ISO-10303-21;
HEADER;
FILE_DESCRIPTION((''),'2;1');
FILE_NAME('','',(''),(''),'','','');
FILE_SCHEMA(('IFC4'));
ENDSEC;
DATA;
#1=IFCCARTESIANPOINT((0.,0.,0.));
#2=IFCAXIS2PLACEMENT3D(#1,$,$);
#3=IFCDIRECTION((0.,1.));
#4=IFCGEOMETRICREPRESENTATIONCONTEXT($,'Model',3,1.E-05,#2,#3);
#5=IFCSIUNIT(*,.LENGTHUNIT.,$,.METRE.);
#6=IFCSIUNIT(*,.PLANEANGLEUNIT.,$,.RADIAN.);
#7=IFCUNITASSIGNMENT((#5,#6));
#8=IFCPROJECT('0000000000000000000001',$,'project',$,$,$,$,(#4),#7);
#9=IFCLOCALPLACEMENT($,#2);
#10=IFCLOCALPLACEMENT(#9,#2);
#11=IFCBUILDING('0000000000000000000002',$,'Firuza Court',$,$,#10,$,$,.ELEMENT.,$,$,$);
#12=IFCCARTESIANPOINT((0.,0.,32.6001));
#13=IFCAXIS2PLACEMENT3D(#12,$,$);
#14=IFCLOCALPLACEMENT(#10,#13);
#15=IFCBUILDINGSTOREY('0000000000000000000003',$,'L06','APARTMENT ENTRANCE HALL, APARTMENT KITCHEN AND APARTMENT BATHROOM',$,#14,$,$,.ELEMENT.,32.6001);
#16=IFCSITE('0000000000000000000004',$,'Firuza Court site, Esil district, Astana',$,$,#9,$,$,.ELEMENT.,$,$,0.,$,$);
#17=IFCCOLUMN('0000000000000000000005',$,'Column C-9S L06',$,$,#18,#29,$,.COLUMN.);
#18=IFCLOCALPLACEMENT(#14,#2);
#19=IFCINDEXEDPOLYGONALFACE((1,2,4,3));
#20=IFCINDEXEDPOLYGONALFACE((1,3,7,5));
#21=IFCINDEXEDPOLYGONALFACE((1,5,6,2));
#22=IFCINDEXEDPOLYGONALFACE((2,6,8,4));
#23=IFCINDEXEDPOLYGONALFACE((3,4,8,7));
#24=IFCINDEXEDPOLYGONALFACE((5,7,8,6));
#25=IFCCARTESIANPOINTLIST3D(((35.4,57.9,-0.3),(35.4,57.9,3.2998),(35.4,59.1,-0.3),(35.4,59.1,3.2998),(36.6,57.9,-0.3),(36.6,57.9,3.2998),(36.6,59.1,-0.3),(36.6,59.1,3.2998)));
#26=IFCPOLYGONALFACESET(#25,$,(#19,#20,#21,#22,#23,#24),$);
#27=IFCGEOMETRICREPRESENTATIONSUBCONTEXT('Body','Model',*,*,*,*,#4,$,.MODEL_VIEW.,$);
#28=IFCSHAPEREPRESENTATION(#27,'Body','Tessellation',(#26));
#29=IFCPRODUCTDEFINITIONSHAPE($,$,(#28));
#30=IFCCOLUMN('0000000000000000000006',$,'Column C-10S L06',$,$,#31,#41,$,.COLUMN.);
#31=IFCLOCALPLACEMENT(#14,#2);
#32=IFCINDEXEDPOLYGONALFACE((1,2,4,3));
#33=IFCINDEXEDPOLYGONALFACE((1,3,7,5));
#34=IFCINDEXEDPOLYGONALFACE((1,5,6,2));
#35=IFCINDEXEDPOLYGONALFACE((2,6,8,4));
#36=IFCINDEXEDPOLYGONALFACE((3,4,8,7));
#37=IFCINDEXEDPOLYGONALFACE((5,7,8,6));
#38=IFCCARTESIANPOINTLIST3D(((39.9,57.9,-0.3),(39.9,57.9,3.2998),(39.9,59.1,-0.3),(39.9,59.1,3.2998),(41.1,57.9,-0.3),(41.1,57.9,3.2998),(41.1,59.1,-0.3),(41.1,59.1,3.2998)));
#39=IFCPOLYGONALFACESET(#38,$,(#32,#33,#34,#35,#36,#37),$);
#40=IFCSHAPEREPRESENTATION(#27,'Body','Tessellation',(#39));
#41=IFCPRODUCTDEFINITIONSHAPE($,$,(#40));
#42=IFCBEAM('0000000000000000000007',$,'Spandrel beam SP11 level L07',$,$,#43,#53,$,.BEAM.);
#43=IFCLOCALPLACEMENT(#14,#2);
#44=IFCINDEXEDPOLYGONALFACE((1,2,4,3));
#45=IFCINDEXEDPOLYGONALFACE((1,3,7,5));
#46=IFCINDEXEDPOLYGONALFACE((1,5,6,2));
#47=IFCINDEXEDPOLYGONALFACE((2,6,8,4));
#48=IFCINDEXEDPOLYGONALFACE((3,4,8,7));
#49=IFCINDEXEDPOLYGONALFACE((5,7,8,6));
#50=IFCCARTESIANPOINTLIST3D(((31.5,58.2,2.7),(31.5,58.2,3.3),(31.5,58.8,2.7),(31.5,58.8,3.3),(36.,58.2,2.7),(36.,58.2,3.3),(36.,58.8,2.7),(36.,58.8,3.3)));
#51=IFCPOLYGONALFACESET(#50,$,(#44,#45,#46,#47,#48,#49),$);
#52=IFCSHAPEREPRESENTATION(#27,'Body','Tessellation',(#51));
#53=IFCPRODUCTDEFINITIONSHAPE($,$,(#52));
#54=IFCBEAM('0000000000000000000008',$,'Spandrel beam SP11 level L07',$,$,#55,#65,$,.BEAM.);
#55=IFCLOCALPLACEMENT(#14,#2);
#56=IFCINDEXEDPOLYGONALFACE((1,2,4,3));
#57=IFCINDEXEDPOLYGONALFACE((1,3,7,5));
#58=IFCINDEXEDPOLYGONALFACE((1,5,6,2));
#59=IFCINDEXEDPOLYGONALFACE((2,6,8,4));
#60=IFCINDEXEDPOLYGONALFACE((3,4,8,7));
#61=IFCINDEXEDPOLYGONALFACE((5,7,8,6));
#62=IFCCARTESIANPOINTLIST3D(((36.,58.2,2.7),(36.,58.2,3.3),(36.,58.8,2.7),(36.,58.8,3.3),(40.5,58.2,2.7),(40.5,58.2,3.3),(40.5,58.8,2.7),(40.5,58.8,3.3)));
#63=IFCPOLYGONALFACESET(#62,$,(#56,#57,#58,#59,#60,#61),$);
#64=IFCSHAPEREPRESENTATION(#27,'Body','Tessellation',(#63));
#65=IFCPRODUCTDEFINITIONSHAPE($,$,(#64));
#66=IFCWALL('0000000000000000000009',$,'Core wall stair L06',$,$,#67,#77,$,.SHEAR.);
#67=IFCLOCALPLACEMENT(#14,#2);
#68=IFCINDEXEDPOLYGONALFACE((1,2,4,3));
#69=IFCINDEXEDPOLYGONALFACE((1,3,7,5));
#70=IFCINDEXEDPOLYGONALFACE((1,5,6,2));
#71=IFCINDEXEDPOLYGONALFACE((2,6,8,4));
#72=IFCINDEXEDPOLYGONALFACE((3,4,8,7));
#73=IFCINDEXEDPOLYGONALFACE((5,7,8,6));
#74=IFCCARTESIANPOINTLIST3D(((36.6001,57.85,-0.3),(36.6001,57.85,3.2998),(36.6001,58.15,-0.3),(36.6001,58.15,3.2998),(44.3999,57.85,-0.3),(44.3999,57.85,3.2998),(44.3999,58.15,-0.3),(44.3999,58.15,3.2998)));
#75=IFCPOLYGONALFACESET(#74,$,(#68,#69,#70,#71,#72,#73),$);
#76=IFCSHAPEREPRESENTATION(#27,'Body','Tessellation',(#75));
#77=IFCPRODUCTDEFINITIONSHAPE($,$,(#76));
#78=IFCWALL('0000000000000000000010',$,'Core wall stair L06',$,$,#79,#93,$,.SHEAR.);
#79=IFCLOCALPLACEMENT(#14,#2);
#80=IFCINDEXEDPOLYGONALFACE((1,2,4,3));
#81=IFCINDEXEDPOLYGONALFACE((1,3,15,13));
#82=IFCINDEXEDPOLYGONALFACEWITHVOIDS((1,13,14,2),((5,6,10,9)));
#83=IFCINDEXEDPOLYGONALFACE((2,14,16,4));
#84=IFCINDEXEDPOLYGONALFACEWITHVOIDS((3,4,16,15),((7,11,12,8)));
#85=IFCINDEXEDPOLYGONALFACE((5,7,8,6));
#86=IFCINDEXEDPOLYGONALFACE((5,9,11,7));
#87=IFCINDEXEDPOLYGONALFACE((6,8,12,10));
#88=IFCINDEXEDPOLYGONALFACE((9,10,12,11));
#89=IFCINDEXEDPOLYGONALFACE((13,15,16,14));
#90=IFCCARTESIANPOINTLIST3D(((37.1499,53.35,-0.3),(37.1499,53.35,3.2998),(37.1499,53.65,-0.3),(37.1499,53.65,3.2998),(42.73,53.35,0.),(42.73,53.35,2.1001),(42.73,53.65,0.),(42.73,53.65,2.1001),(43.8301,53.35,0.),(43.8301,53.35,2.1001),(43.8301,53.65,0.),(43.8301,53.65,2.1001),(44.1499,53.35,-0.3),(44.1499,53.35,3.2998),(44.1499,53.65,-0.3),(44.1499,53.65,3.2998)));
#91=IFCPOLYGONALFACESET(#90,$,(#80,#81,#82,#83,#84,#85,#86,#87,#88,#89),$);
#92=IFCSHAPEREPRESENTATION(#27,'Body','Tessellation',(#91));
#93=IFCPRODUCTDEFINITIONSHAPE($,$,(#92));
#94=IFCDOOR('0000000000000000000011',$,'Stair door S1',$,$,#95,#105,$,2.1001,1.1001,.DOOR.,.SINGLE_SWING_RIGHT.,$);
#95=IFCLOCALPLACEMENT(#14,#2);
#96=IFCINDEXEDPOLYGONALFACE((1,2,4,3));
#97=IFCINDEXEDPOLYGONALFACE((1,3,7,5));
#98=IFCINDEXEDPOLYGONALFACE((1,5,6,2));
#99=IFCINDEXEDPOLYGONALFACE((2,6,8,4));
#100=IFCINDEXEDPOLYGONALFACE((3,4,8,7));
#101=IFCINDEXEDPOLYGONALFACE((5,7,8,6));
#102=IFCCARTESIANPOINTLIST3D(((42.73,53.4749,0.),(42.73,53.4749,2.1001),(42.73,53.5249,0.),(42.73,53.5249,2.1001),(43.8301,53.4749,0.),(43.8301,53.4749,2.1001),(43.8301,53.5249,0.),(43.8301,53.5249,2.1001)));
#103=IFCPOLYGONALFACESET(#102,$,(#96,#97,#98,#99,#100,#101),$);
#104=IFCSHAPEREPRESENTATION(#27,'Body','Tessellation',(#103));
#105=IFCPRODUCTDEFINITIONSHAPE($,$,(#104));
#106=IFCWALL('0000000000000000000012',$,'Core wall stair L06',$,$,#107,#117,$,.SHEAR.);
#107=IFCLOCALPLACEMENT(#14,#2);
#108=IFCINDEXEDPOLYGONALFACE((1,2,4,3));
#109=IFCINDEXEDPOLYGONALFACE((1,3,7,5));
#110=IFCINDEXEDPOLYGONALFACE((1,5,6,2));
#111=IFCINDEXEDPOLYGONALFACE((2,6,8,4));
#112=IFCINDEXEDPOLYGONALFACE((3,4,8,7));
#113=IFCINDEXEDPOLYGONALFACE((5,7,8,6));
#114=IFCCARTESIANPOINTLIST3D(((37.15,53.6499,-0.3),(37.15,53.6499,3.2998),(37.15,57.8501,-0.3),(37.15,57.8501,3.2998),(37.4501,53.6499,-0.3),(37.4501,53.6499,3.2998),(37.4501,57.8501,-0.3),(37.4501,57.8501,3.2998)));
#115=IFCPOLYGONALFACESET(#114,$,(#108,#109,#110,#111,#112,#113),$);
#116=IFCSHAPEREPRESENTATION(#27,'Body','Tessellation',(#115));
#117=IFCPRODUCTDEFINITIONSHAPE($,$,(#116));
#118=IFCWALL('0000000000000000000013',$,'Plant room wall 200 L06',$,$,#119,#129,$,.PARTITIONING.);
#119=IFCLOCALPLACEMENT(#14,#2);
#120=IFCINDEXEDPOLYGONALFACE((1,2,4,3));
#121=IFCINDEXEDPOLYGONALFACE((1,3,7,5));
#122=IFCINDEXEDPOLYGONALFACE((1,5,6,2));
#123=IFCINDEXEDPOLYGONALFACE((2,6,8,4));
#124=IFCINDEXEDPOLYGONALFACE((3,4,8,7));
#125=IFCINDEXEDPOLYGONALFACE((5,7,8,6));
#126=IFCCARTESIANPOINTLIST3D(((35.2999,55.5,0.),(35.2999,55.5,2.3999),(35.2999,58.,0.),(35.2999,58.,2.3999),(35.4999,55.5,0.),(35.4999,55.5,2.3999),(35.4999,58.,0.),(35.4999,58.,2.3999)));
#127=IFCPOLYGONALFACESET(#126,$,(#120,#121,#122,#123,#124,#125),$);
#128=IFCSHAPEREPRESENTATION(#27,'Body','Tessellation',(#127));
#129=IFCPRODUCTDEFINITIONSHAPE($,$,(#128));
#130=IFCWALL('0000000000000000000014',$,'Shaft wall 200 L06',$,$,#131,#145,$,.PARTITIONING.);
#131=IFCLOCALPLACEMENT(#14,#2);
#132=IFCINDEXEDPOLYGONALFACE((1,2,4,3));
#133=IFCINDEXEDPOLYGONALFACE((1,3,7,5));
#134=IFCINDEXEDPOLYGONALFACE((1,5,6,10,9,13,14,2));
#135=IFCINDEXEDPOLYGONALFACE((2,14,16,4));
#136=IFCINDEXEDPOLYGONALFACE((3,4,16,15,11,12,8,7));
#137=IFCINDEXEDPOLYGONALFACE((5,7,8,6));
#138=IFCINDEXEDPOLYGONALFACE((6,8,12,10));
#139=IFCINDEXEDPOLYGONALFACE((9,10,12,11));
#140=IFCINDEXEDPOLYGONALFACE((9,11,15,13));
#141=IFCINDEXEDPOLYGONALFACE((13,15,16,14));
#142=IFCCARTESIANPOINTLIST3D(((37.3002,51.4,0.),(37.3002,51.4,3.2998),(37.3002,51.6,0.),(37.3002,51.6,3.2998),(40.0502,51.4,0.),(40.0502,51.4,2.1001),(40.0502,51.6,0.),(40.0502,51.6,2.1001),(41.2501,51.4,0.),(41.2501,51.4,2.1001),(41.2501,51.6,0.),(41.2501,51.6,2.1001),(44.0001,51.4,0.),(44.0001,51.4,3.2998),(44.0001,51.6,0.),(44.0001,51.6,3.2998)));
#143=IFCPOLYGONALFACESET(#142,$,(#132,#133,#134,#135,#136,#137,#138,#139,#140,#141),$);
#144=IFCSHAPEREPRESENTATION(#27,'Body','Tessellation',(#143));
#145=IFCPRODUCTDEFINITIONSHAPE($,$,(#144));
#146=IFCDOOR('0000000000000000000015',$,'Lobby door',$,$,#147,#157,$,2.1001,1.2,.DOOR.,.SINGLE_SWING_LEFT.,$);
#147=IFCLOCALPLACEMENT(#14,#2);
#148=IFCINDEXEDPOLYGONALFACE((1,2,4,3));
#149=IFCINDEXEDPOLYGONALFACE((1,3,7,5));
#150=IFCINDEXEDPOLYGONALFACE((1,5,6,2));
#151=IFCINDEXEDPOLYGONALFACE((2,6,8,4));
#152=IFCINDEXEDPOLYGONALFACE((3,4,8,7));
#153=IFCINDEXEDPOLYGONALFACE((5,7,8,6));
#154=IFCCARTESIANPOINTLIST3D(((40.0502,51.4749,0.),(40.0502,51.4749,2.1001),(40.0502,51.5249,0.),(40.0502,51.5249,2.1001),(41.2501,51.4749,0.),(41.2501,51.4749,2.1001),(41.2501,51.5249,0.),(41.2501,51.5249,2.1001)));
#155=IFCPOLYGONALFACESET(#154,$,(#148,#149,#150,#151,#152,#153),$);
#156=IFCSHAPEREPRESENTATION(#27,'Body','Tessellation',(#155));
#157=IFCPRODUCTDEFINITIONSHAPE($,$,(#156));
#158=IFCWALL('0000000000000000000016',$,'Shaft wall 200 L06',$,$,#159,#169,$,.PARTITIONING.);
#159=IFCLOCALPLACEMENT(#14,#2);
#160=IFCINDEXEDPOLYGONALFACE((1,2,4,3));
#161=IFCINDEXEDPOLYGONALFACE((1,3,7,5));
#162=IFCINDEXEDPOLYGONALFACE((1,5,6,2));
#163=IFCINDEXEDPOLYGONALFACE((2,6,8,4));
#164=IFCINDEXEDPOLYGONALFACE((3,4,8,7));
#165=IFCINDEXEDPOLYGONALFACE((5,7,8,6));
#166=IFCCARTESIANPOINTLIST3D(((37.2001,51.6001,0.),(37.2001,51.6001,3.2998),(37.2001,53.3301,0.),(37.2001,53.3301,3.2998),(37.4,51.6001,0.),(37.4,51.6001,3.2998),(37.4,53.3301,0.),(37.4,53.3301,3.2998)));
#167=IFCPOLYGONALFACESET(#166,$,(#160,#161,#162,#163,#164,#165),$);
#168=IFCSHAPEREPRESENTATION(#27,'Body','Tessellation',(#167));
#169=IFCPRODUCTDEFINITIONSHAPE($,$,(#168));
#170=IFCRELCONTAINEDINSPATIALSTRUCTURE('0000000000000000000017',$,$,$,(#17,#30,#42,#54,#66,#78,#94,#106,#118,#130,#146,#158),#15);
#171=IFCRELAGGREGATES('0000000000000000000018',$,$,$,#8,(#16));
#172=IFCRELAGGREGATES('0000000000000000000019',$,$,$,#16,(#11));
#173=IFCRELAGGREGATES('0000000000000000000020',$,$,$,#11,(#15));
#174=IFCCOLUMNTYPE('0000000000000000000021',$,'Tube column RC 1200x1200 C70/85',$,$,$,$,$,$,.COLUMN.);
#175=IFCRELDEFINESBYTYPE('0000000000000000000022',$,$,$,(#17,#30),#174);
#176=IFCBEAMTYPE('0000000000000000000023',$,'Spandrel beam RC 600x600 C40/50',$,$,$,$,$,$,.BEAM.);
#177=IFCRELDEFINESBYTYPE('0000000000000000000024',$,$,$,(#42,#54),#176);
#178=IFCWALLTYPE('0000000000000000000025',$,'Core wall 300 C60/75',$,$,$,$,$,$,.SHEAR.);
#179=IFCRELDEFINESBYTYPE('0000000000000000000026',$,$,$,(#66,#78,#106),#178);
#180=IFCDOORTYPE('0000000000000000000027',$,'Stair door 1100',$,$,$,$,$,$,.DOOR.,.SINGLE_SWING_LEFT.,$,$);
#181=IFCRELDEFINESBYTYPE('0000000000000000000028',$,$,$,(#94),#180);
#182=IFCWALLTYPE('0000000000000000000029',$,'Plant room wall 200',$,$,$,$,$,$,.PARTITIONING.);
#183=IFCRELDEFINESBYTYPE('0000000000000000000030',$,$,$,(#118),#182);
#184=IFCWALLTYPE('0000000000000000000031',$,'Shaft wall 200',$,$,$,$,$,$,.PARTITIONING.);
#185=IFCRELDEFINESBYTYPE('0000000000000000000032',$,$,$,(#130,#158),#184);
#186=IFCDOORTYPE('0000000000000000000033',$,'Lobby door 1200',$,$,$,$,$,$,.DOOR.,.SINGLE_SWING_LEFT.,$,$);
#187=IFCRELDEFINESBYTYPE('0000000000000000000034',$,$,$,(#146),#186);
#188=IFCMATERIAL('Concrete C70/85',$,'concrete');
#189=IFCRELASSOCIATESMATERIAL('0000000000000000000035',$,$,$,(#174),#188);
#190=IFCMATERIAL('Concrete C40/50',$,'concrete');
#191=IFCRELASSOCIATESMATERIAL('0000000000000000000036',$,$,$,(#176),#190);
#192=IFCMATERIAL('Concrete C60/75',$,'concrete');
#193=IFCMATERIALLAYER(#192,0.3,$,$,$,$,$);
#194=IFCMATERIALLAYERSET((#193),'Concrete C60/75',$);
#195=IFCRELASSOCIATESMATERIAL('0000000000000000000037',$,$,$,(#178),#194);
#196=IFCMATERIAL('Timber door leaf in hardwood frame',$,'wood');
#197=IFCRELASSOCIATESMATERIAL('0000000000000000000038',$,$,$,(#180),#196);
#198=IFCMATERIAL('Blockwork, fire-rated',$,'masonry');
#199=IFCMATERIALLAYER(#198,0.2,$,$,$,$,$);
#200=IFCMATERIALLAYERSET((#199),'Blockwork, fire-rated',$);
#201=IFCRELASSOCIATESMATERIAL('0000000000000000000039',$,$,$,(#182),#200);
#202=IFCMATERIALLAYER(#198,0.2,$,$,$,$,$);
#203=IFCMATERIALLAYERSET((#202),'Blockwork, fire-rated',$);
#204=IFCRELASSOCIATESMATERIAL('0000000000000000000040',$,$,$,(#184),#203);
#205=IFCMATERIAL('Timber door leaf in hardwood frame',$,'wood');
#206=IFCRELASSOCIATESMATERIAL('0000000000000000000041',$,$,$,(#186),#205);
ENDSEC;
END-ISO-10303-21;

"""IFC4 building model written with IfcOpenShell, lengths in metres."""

from ifc_helpers import new_model, si_unit, direction, frame, frame_2d, origin, origin_2d, place, context, subcontext, project, spatial, rectangle, extrude, material, layer, layer_set, material_profile, profile_set, type_object, element, fill, save


model = new_model("IFC4")

# Units and contexts
model_context = context("Model", 3, precision=1e-05, world=origin(), true_north=direction((0.0, 1.0)))
body_context = subcontext(model_context, "Body", "Model", "MODEL_VIEW")
ifc_project = project(units=[si_unit("LENGTHUNIT", "METRE"), si_unit("PLANEANGLEUNIT", "RADIAN")], contexts=[model_context])

# Site, building, storey
site_placement = place(None, origin())
site = spatial("IfcSite", under=ifc_project, at=site_placement, Name="Firuza Court site, Esil district, Astana", CompositionType="ELEMENT", RefElevation=0.0)
building_placement = place(site_placement, origin())
building = spatial("IfcBuilding", under=site, at=building_placement, Name="Firuza Court", CompositionType="ELEMENT")
storey_placement = place(building_placement, frame((0.0, 0.0, 32.6001)))
storey = spatial("IfcBuildingStorey", under=building, at=storey_placement, Name="L06", Description="APARTMENT ENTRANCE HALL, APARTMENT KITCHEN AND APARTMENT BATHROOM", CompositionType="ELEMENT", Elevation=32.6001)

# Columns
ifc_material_1 = material(Name="Concrete C70/85", Category="concrete")
ifc_material_profile_1 = material_profile(ifc_material_1, rectangle(XDim=1.2, YDim=1.2, at=origin_2d()), Name="RC 1200x1200")
ifc_profile_set_1 = profile_set([ifc_material_profile_1], Name="Concrete C70/85")
column_type = type_object("IfcColumnType", Name="Tube column RC 1200x1200 C70/85", PredefinedType="COLUMN", material=ifc_profile_set_1)
for number, where, z_axis, x_axis, name in (
    (1, (36.0, 58.5, -0.3), (0.0, 0.0, 1.0), (1.0, 0.0, 0.0), "Column C-9S L06"),
    (2, (40.5, 58.5, -0.3), (0.0, 0.0, 1.0), (1.0, 0.0, 0.0), "Column C-10S L06"),
):
    element("IfcColumn", number, at=place(storey_placement, frame(where, z_axis=z_axis, x_axis=x_axis)), inside=storey, type_object=column_type, Name=name, PredefinedType="COLUMN", context=body_context, shape_type="SweptSolid", body=[
        extrude(rectangle(XDim=1.2, YDim=1.2, at=origin_2d()), origin(), (0.0, 0.0, 1.0), 3.5999),
    ])

# Beams
ifc_material_2 = material(Name="Concrete C40/50", Category="concrete")
ifc_material_profile_2 = material_profile(ifc_material_2, rectangle(XDim=0.6001, YDim=0.6001, at=origin_2d()), Name="RC 600x600")
ifc_profile_set_2 = profile_set([ifc_material_profile_2], Name="Concrete C40/50")
beam_type = type_object("IfcBeamType", Name="Spandrel beam RC 600x600 C40/50", PredefinedType="BEAM", material=ifc_profile_set_2)
for number, where, z_axis, x_axis, name in (
    (3, (36.0, 58.5, 3.0), (-1.0, 0.0, 0.0), (0.0, -1.0, 0.0), "Spandrel beam SP11 level L07"),
    (4, (40.5, 58.5, 3.0), (-1.0, 0.0, 0.0), (0.0, -1.0, 0.0), "Spandrel beam SP11 level L07"),
):
    element("IfcBeam", number, at=place(storey_placement, frame(where, z_axis=z_axis, x_axis=x_axis)), inside=storey, type_object=beam_type, Name=name, PredefinedType="BEAM", context=body_context, shape_type="SweptSolid", body=[
        extrude(rectangle(XDim=0.6001, YDim=0.6001, at=origin_2d()), origin(), (0.0, 0.0, 1.0), 4.5),
    ])

# Wall
ifc_material_3 = material(Name="Concrete C60/75", Category="concrete")
ifc_layer_1 = layer(ifc_material_3, 0.3)
ifc_layer_set_1 = layer_set([ifc_layer_1], Name="Concrete C60/75")
wall_type_1 = type_object("IfcWallType", Name="Core wall 300 C60/75", PredefinedType="SHEAR", material=ifc_layer_set_1)
wall_1_placement = place(storey_placement, frame((36.6001, 58.0, -0.3), z_axis=(0.0, 0.0, 1.0), x_axis=(1.0, 0.0, 0.0)))
element("IfcWall", 5, at=wall_1_placement, inside=storey, type_object=wall_type_1, Name="Core wall stair L06", PredefinedType="SHEAR", context=body_context, shape_type="SweptSolid", body=[
    extrude(rectangle(XDim=7.7998, YDim=0.3, at=frame_2d((3.8999, 0.0))), origin(), (0.0, 0.0, 1.0), 3.5999),
])

# Wall, opening, door
wall_2_placement = place(storey_placement, frame((37.1499, 53.5, -0.3), z_axis=(0.0, 0.0, 1.0), x_axis=(1.0, 0.0, 0.0)))
wall_2 = element("IfcWall", 6, at=wall_2_placement, inside=storey, type_object=wall_type_1, Name="Core wall stair L06", PredefinedType="SHEAR", context=body_context, shape_type="SweptSolid", body=[
    extrude(rectangle(XDim=7.0, YDim=0.3, at=frame_2d((3.5, 0.0))), origin(), (0.0, 0.0, 1.0), 3.5999),
])
opening_1_placement = place(wall_2_placement, frame((5.5801, 0.0, 0.3)))
opening_1 = element("IfcOpeningElement", 7, at=opening_1_placement, cuts=wall_2, PredefinedType="OPENING", context=body_context, shape_type="SweptSolid", body=[
    extrude(rectangle(XDim=1.1001, YDim=2.1001, at=frame_2d((0.55, 1.05))), frame((0.0, 0.1621, 0.0), z_axis=(0.0, -1.0, 0.0), x_axis=(1.0, 0.0, 0.0)), (0.0, 0.0, 1.0), 0.324),
])
ifc_material_4 = material(Name="Timber door leaf in hardwood frame", Category="wood")
door_type_1 = type_object("IfcDoorType", Name="Stair door 1100", OperationType="SINGLE_SWING_LEFT", PredefinedType="DOOR", material=ifc_material_4)
door_1_placement = place(opening_1_placement, origin())
door_1 = element("IfcDoor", 8, at=door_1_placement, inside=storey, type_object=door_type_1, Name="Stair door S1", OperationType="SINGLE_SWING_RIGHT", OverallHeight=2.1001, OverallWidth=1.1001, PredefinedType="DOOR", context=body_context, shape_type="SweptSolid", body=[
    extrude(rectangle(XDim=1.1001, YDim=2.1001, at=frame_2d((0.55, 1.05))), frame((0.0, 0.0249, 0.0), z_axis=(0.0, -1.0, 0.0), x_axis=(1.0, 0.0, 0.0)), (0.0, 0.0, 1.0), 0.05),
])
fill(opening_1, door_1)

# Walls
wall_3_placement = place(storey_placement, frame((37.3, 53.6499, -0.3), z_axis=(0.0, 0.0, 1.0), x_axis=(0.0, 1.0, 0.0)))
element("IfcWall", 9, at=wall_3_placement, inside=storey, type_object=wall_type_1, Name="Core wall stair L06", PredefinedType="SHEAR", context=body_context, shape_type="SweptSolid", body=[
    extrude(rectangle(XDim=4.2002, YDim=0.3, at=frame_2d((2.1001, 0.0))), origin(), (0.0, 0.0, 1.0), 3.5999),
])
ifc_material_5 = material(Name="Blockwork, fire-rated", Category="masonry")
ifc_layer_2 = layer(ifc_material_5, 0.2)
ifc_layer_set_2 = layer_set([ifc_layer_2], Name="Blockwork, fire-rated")
wall_type_2 = type_object("IfcWallType", Name="Plant room wall 200", PredefinedType="PARTITIONING", material=ifc_layer_set_2)
wall_4_placement = place(storey_placement, frame((35.3999, 55.5, 0.0), z_axis=(0.0, 0.0, 1.0), x_axis=(0.0, 1.0, 0.0)))
element("IfcWall", 10, at=wall_4_placement, inside=storey, type_object=wall_type_2, Name="Plant room wall 200 L06", PredefinedType="PARTITIONING", context=body_context, shape_type="SweptSolid", body=[
    extrude(rectangle(XDim=2.5, YDim=0.2, at=frame_2d((1.25, 0.0))), origin(), (0.0, 0.0, 1.0), 2.3999),
])

# Wall, opening, door
ifc_layer_3 = layer(ifc_material_5, 0.2)
ifc_layer_set_3 = layer_set([ifc_layer_3], Name="Blockwork, fire-rated")
wall_type_3 = type_object("IfcWallType", Name="Shaft wall 200", PredefinedType="PARTITIONING", material=ifc_layer_set_3)
wall_5_placement = place(storey_placement, frame((37.3, 51.5, 0.0), z_axis=(0.0, 0.0, 1.0), x_axis=(1.0, 0.0, 0.0)))
wall_5 = element("IfcWall", 11, at=wall_5_placement, inside=storey, type_object=wall_type_3, Name="Shaft wall 200 L06", PredefinedType="PARTITIONING", context=body_context, shape_type="SweptSolid", body=[
    extrude(rectangle(XDim=6.7, YDim=0.2, at=frame_2d((3.3501, 0.0))), origin(), (0.0, 0.0, 1.0), 3.2998),
])
opening_2_placement = place(wall_5_placement, frame((2.75, 0.0, 0.0)))
opening_2 = element("IfcOpeningElement", 12, at=opening_2_placement, cuts=wall_5, PredefinedType="OPENING", context=body_context, shape_type="SweptSolid", body=[
    extrude(rectangle(XDim=1.2, YDim=2.1001, at=frame_2d((0.6001, 1.05))), frame((0.0, 0.1118, 0.0), z_axis=(0.0, -1.0, 0.0), x_axis=(1.0, 0.0, 0.0)), (0.0, 0.0, 1.0), 0.2239),
])
ifc_material_6 = material(Name="Timber door leaf in hardwood frame", Category="wood")
door_type_2 = type_object("IfcDoorType", Name="Lobby door 1200", OperationType="SINGLE_SWING_LEFT", PredefinedType="DOOR", material=ifc_material_6)
door_2_placement = place(opening_2_placement, origin())
door_2 = element("IfcDoor", 13, at=door_2_placement, inside=storey, type_object=door_type_2, Name="Lobby door", OperationType="SINGLE_SWING_LEFT", OverallHeight=2.1001, OverallWidth=1.2, PredefinedType="DOOR", context=body_context, shape_type="SweptSolid", body=[
    extrude(rectangle(XDim=1.2, YDim=2.1001, at=frame_2d((0.6001, 1.05))), frame((0.0, 0.0249, 0.0), z_axis=(0.0, -1.0, 0.0), x_axis=(1.0, 0.0, 0.0)), (0.0, 0.0, 1.0), 0.05),
])
fill(opening_2, door_2)

# Wall
wall_6_placement = place(storey_placement, frame((37.3, 51.6001, 0.0), z_axis=(0.0, 0.0, 1.0), x_axis=(0.0, 1.0, 0.0)))
element("IfcWall", 14, at=wall_6_placement, inside=storey, type_object=wall_type_3, Name="Shaft wall 200 L06", PredefinedType="PARTITIONING", context=body_context, shape_type="SweptSolid", body=[
    extrude(rectangle(XDim=1.73, YDim=0.2, at=frame_2d((0.865, 0.0))), origin(), (0.0, 0.0, 1.0), 3.2998),
])

save(model, "model.ifc")
